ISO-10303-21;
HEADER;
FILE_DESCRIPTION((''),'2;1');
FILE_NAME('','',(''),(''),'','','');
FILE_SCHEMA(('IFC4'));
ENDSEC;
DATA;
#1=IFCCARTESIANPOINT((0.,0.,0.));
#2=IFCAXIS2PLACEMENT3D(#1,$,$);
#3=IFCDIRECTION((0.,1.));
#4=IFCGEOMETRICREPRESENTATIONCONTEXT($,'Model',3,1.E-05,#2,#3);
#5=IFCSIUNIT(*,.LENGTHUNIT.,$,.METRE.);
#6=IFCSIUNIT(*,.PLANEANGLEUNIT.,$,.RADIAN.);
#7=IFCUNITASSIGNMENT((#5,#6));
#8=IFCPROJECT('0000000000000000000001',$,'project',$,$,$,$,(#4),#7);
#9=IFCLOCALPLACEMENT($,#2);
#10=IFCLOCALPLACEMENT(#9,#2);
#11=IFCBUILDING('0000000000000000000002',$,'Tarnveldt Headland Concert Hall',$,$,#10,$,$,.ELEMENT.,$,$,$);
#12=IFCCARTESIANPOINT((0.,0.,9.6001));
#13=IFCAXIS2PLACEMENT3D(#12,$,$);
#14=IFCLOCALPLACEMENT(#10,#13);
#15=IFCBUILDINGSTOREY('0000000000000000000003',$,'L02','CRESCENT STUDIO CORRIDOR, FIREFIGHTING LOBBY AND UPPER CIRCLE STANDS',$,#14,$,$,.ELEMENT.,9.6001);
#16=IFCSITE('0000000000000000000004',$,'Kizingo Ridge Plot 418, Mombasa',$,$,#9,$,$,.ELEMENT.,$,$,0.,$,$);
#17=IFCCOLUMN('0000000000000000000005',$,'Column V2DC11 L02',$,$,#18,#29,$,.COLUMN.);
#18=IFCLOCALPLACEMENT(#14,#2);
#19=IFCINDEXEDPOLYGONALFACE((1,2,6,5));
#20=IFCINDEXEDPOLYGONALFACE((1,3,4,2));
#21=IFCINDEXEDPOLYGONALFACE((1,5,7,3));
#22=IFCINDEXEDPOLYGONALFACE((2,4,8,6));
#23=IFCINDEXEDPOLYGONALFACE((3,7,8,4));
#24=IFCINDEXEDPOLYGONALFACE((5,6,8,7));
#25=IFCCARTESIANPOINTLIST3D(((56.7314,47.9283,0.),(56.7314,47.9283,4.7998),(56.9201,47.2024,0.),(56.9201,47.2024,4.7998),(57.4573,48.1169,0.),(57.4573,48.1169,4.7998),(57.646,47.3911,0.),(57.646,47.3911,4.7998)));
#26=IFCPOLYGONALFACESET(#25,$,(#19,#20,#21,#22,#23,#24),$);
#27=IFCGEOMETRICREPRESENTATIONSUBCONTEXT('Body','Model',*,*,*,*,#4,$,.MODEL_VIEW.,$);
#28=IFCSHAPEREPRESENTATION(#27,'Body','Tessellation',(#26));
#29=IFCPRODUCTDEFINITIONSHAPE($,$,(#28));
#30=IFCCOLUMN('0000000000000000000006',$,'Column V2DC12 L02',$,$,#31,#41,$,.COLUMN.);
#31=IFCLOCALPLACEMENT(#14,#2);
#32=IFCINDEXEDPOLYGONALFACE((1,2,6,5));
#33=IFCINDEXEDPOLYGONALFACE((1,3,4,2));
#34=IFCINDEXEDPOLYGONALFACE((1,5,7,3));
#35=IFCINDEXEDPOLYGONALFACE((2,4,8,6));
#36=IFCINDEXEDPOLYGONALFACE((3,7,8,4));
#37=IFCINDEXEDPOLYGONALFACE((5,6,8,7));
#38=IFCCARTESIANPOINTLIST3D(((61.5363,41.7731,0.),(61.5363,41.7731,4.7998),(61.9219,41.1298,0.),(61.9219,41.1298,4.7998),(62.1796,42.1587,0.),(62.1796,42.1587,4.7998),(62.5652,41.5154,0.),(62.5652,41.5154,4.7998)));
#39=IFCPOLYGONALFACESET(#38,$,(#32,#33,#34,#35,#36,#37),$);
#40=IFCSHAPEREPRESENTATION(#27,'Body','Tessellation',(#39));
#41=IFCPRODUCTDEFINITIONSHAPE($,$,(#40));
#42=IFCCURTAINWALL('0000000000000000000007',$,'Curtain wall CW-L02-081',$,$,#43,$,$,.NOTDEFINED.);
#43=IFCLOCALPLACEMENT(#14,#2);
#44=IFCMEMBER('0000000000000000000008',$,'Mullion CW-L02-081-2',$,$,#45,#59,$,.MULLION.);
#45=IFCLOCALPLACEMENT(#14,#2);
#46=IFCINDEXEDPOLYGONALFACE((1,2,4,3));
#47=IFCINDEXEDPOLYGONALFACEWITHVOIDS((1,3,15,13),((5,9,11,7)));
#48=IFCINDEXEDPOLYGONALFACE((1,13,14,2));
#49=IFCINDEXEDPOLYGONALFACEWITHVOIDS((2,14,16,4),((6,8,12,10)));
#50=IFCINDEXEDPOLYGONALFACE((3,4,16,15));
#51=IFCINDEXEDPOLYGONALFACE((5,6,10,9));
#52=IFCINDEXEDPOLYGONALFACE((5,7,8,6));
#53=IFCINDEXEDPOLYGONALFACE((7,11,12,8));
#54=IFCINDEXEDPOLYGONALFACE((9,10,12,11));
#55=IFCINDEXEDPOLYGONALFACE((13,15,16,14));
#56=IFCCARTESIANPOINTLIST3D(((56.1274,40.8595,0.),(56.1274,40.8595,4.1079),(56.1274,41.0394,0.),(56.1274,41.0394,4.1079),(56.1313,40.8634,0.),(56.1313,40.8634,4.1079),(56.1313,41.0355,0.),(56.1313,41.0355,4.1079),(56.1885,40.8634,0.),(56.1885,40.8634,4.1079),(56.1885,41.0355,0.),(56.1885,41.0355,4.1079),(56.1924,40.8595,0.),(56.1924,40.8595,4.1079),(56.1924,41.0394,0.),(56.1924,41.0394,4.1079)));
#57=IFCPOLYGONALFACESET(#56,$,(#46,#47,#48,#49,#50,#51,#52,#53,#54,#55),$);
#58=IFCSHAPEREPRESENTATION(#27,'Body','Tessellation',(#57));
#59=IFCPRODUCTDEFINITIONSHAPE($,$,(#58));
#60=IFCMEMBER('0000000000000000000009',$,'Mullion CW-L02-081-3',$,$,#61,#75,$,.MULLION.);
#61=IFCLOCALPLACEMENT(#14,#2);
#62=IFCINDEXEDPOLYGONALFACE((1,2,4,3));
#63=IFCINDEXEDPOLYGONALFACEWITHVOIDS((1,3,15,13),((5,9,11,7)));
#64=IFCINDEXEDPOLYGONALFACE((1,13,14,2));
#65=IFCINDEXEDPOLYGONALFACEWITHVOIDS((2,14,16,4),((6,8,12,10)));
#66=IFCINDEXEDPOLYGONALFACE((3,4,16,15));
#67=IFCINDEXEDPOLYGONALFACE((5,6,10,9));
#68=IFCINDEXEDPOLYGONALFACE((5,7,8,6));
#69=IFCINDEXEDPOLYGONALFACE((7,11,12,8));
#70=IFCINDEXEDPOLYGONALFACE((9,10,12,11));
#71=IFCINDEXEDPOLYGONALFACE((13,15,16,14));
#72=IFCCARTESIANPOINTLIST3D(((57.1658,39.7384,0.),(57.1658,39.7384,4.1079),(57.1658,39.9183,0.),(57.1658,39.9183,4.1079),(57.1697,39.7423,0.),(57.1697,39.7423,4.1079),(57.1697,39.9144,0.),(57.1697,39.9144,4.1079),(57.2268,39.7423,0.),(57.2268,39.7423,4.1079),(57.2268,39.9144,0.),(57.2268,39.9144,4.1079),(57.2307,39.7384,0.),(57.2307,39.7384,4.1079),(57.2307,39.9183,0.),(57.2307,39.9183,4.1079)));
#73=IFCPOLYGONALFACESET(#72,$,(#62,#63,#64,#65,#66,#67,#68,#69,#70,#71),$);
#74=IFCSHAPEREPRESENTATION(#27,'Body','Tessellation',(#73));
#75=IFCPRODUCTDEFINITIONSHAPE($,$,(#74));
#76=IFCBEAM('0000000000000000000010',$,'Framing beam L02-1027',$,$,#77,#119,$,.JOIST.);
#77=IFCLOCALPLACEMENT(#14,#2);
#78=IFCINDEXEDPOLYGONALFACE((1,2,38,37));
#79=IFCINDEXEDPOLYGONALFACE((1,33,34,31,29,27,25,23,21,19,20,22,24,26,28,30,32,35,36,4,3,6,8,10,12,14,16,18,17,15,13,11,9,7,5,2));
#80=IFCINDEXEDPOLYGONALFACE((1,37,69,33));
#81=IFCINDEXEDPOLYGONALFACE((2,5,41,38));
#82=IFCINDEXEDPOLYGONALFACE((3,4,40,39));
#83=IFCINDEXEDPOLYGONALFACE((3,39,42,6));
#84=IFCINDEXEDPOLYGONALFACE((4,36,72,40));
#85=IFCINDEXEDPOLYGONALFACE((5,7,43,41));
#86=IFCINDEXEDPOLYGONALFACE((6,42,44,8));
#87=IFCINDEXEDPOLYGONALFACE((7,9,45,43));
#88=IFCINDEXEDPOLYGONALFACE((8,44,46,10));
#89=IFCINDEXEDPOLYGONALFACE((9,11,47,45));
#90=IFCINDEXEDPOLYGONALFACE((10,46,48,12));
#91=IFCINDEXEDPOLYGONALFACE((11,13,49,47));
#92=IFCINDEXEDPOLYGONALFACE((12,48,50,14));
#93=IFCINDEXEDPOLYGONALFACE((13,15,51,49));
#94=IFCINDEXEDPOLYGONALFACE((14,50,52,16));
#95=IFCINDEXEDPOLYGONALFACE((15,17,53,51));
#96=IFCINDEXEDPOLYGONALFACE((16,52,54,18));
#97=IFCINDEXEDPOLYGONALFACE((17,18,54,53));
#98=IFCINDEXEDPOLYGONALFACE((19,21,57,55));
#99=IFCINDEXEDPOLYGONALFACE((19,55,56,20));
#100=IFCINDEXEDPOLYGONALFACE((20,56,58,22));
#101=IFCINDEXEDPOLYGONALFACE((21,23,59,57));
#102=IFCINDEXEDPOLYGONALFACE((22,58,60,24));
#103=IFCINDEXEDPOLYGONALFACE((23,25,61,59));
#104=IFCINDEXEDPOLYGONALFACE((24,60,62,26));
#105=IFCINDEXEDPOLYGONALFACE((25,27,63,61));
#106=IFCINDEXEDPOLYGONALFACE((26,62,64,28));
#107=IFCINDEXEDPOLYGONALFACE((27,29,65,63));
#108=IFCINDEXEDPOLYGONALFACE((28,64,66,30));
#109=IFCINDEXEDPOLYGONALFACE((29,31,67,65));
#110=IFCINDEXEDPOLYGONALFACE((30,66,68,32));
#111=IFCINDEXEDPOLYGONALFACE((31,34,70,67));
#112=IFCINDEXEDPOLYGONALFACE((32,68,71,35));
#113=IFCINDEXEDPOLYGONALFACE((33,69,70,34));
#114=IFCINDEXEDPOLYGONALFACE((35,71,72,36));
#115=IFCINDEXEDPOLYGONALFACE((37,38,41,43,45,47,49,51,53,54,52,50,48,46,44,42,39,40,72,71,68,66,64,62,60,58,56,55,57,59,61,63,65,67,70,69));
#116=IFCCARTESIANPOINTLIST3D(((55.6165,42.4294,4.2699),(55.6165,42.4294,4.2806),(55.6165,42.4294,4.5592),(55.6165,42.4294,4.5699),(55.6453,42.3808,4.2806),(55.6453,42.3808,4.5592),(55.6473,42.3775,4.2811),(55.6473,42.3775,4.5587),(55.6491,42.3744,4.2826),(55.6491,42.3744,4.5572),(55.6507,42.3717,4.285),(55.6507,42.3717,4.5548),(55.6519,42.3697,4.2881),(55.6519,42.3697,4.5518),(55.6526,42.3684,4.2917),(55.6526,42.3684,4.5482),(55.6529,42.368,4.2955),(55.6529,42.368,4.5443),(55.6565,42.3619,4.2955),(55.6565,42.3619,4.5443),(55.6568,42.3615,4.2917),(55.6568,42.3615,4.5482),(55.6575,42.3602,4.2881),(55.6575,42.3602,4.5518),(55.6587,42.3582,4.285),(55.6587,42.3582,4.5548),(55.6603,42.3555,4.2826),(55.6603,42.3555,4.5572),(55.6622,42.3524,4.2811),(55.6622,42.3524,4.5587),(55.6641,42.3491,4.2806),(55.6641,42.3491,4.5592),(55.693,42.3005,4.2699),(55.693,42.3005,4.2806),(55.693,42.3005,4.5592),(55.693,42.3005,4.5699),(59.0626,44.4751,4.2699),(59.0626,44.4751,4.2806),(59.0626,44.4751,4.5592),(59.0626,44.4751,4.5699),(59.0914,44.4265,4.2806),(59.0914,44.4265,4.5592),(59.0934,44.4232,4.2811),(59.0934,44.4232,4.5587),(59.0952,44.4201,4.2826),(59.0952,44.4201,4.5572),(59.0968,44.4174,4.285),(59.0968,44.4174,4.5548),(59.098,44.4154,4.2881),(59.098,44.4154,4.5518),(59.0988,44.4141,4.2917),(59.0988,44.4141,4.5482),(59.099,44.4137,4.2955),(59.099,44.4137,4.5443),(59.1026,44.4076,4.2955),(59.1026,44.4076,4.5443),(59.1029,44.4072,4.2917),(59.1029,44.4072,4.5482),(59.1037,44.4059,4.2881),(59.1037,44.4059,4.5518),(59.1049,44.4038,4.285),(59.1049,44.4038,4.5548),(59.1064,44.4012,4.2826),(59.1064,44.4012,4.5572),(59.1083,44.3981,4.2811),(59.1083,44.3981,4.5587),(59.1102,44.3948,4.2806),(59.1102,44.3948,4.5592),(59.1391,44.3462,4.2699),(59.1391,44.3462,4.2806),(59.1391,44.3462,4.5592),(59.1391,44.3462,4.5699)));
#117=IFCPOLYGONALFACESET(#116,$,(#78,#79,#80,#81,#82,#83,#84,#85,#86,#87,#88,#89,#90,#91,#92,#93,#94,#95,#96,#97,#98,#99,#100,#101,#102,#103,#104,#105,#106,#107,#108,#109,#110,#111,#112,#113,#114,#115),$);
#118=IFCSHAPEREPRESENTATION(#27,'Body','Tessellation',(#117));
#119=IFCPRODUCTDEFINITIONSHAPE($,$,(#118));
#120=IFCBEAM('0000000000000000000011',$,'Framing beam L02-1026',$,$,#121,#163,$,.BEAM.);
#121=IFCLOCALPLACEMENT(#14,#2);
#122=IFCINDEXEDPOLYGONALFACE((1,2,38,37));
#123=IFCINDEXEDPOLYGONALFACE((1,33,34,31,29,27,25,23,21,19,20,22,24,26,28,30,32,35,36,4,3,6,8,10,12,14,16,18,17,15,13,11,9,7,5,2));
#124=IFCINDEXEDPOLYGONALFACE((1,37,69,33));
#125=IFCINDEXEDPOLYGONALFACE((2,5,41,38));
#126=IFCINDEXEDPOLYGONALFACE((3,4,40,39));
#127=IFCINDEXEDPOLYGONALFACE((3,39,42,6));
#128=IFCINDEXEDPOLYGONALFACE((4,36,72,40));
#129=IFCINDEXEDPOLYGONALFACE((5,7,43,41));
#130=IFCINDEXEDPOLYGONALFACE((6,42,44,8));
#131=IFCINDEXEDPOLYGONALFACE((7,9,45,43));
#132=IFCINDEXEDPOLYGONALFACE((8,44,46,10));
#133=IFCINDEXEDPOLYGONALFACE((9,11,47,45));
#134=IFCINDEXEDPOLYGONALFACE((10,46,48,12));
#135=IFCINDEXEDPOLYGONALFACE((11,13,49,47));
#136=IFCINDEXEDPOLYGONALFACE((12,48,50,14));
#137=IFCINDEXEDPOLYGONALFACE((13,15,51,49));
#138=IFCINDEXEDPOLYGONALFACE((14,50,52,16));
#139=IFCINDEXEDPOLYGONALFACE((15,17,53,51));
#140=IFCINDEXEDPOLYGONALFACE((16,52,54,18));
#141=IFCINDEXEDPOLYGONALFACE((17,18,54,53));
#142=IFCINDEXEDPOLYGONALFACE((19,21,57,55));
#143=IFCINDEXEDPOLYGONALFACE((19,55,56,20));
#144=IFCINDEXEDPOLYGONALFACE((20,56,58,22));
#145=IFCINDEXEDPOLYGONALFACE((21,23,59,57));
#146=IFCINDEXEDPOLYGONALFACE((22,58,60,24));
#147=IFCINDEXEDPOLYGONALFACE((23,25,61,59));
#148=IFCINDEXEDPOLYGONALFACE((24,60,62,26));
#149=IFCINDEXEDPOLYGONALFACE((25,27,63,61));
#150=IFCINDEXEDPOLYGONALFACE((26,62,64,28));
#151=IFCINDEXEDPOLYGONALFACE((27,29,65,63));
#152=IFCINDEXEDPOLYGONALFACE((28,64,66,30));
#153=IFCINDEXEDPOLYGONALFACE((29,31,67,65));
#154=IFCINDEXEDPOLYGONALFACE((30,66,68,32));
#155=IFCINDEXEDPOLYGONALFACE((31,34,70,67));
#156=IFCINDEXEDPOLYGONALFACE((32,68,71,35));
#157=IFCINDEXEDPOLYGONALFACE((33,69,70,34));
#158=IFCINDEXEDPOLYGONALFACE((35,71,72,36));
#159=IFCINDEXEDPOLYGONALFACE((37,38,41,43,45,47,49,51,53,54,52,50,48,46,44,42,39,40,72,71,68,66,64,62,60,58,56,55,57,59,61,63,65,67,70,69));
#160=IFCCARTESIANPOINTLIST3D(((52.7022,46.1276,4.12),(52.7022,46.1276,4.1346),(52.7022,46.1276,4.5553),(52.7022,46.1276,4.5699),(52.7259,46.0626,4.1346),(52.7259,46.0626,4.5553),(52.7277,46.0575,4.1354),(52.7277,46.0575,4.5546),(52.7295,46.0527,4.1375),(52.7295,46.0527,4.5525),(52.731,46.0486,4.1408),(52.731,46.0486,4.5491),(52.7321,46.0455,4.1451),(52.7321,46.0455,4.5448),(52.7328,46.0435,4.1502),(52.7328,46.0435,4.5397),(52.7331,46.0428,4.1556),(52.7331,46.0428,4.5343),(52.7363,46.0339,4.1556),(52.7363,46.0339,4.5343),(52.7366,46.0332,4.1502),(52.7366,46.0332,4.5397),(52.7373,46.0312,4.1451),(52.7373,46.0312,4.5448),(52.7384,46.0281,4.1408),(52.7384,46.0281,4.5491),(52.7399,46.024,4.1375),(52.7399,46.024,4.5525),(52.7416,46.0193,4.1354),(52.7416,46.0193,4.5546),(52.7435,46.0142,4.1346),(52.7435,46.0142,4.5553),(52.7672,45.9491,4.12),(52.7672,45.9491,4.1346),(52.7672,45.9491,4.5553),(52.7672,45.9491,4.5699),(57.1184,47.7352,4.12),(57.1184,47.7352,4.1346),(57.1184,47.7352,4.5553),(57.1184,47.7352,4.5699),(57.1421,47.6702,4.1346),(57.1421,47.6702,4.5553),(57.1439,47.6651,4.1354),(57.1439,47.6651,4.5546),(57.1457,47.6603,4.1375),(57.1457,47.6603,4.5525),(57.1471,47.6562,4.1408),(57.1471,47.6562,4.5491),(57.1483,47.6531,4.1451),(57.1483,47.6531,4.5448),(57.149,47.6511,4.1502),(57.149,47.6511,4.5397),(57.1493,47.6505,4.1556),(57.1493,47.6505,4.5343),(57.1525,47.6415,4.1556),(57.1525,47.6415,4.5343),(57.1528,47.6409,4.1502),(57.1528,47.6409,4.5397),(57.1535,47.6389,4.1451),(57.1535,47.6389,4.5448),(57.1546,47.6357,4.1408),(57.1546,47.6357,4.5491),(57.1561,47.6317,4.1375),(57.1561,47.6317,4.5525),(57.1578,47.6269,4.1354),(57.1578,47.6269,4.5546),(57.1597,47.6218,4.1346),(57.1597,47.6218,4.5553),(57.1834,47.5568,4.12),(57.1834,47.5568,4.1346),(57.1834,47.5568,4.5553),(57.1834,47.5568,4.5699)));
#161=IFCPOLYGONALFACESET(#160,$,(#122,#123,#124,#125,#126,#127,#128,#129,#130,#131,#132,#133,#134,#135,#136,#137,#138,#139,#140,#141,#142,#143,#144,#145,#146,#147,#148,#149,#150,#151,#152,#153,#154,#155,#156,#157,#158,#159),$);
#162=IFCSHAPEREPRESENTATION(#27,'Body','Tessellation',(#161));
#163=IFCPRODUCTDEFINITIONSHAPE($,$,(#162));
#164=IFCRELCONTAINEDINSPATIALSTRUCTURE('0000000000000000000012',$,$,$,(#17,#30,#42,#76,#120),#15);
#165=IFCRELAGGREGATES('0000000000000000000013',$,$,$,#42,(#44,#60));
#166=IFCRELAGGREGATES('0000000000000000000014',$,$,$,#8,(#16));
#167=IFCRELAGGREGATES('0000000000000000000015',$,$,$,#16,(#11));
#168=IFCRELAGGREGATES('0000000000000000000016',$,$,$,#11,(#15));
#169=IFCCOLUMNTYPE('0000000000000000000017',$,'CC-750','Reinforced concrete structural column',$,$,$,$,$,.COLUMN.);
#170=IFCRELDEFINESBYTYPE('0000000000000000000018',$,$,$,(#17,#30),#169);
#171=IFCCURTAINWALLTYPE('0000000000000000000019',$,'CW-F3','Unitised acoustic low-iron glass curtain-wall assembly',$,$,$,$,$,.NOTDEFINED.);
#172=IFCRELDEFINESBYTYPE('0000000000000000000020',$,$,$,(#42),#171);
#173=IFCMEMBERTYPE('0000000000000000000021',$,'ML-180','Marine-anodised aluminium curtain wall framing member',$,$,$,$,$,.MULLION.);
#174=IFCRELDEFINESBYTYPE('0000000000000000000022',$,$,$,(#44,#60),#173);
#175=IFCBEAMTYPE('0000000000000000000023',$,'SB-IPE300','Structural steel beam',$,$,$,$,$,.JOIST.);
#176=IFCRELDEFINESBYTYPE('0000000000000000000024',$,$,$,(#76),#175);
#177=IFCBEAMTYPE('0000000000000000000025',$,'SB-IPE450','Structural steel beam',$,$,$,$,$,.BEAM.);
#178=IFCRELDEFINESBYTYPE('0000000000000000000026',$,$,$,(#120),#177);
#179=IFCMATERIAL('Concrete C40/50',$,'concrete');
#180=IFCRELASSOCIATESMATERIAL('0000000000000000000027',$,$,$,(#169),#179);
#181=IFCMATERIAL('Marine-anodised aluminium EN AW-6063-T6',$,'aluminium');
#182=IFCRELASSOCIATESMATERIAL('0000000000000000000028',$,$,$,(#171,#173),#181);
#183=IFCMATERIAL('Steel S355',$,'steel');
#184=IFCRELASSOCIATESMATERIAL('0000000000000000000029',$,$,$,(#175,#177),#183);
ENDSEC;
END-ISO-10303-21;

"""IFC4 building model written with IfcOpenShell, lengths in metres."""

from ifc_helpers import new_model, si_unit, direction, frame, origin, origin_2d, place, context, subcontext, project, spatial, rectangle, hollow_rectangle, i_section, extrude, material, material_profile, profile_set, type_object, element, aggregate, save


model = new_model("IFC4")

# Units and contexts
model_context = context("Model", 3, precision=1e-05, world=origin(), true_north=direction((0.0, 1.0)))
body_context = subcontext(model_context, "Body", "Model", "MODEL_VIEW")
ifc_project = project(units=[si_unit("LENGTHUNIT", "METRE"), si_unit("PLANEANGLEUNIT", "RADIAN")], contexts=[model_context])

# Site, building, storey
site_placement = place(None, origin())
site = spatial("IfcSite", under=ifc_project, at=site_placement, Name="Kizingo Ridge Plot 418, Mombasa", CompositionType="ELEMENT", RefElevation=0.0)
building_placement = place(site_placement, origin())
building = spatial("IfcBuilding", under=site, at=building_placement, Name="Tarnveldt Headland Concert Hall", CompositionType="ELEMENT")
storey_placement = place(building_placement, frame((0.0, 0.0, 9.6001)))
storey = spatial("IfcBuildingStorey", under=building, at=storey_placement, Name="L02", Description="CRESCENT STUDIO CORRIDOR, FIREFIGHTING LOBBY AND UPPER CIRCLE STANDS", CompositionType="ELEMENT", Elevation=9.6001)

# Columns
ifc_material_1 = material(Name="Concrete C40/50", Category="concrete")
ifc_material_profile_1 = material_profile(ifc_material_1, rectangle(XDim=0.75, YDim=0.75, at=origin_2d()), Name="RC 750x750", Category="concrete")
ifc_profile_set_1 = profile_set([ifc_material_profile_1], Name="Concrete C40/50")
column_type = type_object("IfcColumnType", Name="CC-750", Description="Reinforced concrete structural column", PredefinedType="COLUMN", material=ifc_profile_set_1)
for number, where, z_axis, x_axis, name in (
    (1, (57.1887, 47.6597, 0.0), (0.0, 0.0, 1.0), (-0.967841, -0.251563, 0.0), "Column V2DC11 L02"),
    (2, (62.0508, 41.6443, 0.0), (0.0, 0.0, 1.0), (-0.857706, -0.51414, 0.0), "Column V2DC12 L02"),
):
    element("IfcColumn", number, at=place(storey_placement, frame(where, z_axis=z_axis, x_axis=x_axis)), inside=storey, type_object=column_type, Name=name, PredefinedType="COLUMN", context=body_context, shape_type="SweptSolid", body=[
        extrude(rectangle(XDim=0.75, YDim=0.75, at=origin_2d()), origin(), (0.0, 0.0, 1.0), 4.7998),
    ])

# Curtain wall, members
ifc_material_2 = material(Name="Marine-anodised aluminium EN AW-6063-T6", Category="aluminium")
curtain_wall_type = type_object("IfcCurtainWallType", Name="CW-F3", Description="Unitised acoustic low-iron glass curtain-wall assembly", PredefinedType="NOTDEFINED", material=ifc_material_2)
curtain_wall_placement = place(storey_placement, origin())
curtain_wall = element("IfcCurtainWall", 3, at=curtain_wall_placement, inside=storey, type_object=curtain_wall_type, Name="Curtain wall CW-L02-081", PredefinedType="NOTDEFINED")
ifc_material_profile_2 = material_profile(ifc_material_2, hollow_rectangle(XDim=0.0649, YDim=0.1799, WallThickness=0.0039, at=origin_2d()), Name="ALU MULLION 65x180x4", Category="aluminium")
ifc_profile_set_2 = profile_set([ifc_material_profile_2], Name="Marine-anodised aluminium EN AW-6063-T6")
member_type_1 = type_object("IfcMemberType", Name="ML-180", Description="Marine-anodised aluminium curtain wall framing member", PredefinedType="MULLION", material=ifc_profile_set_2)
member_1_placement = place(storey_placement, frame((56.1599, 40.9495, 0.0), z_axis=(0.0, 0.0, 1.0), x_axis=(1.0, 0.0, 0.0)))
member_1 = element("IfcMember", 4, at=member_1_placement, type_object=member_type_1, Name="Mullion CW-L02-081-2", PredefinedType="MULLION", context=body_context, shape_type="SweptSolid", body=[
    extrude(hollow_rectangle(XDim=0.0649, YDim=0.1799, WallThickness=0.0039, at=origin_2d()), origin(), (0.0, 0.0, 1.0), 4.1079),
])
member_2_placement = place(storey_placement, frame((57.1982, 39.8284, 0.0), z_axis=(0.0, 0.0, 1.0), x_axis=(1.0, 0.0, 0.0)))
member_2 = element("IfcMember", 5, at=member_2_placement, type_object=member_type_1, Name="Mullion CW-L02-081-3", PredefinedType="MULLION", context=body_context, shape_type="SweptSolid", body=[
    extrude(hollow_rectangle(XDim=0.0649, YDim=0.1799, WallThickness=0.0039, at=origin_2d()), origin(), (0.0, 0.0, 1.0), 4.1079),
])

# Beams
ifc_material_3 = material(Name="Steel S355", Category="steel")
ifc_material_profile_3 = material_profile(ifc_material_3, i_section(OverallWidth=0.1499, OverallDepth=0.3, WebThickness=0.0071, FlangeThickness=0.0107, FilletRadius=0.0149, at=origin_2d()), Name="IPE300", Category="steel")
ifc_profile_set_3 = profile_set([ifc_material_profile_3], Name="Steel S355")
beam_type_1 = type_object("IfcBeamType", Name="SB-IPE300", Description="Structural steel beam", PredefinedType="JOIST", material=ifc_profile_set_3)
beam_1_placement = place(storey_placement, frame((59.1008, 44.4106, 4.4199), z_axis=(-0.859902, -0.510459, 0.0), x_axis=(0.510459, -0.859902, 0.0)))
element("IfcBeam", 6, at=beam_1_placement, inside=storey, type_object=beam_type_1, Name="Framing beam L02-1027", PredefinedType="JOIST", context=body_context, shape_type="SweptSolid", body=[
    extrude(i_section(OverallWidth=0.1499, OverallDepth=0.3, WebThickness=0.0071, FlangeThickness=0.0107, FilletRadius=0.0149, at=origin_2d()), origin(), (0.0, 0.0, 1.0), 4.0076),
])
ifc_material_profile_4 = material_profile(ifc_material_3, i_section(OverallWidth=0.1899, OverallDepth=0.45, WebThickness=0.0095, FlangeThickness=0.0146, FilletRadius=0.021, at=origin_2d()), Name="IPE450", Category="steel")
ifc_profile_set_4 = profile_set([ifc_material_profile_4], Name="Steel S355")
beam_type_2 = type_object("IfcBeamType", Name="SB-IPE450", Description="Structural steel beam", PredefinedType="BEAM", material=ifc_profile_set_4)
beam_2_placement = place(storey_placement, frame((57.1509, 47.646, 4.345), z_axis=(-0.939674, -0.342073, 0.0), x_axis=(0.342073, -0.939674, 0.0)))
element("IfcBeam", 7, at=beam_2_placement, inside=storey, type_object=beam_type_2, Name="Framing beam L02-1026", PredefinedType="BEAM", context=body_context, shape_type="SweptSolid", body=[
    extrude(i_section(OverallWidth=0.1899, OverallDepth=0.45, WebThickness=0.0095, FlangeThickness=0.0146, FilletRadius=0.021, at=origin_2d()), origin(), (0.0, 0.0, 1.0), 4.6997),
])

aggregate(curtain_wall, [member_1, member_2])

save(model, "model.ifc")
